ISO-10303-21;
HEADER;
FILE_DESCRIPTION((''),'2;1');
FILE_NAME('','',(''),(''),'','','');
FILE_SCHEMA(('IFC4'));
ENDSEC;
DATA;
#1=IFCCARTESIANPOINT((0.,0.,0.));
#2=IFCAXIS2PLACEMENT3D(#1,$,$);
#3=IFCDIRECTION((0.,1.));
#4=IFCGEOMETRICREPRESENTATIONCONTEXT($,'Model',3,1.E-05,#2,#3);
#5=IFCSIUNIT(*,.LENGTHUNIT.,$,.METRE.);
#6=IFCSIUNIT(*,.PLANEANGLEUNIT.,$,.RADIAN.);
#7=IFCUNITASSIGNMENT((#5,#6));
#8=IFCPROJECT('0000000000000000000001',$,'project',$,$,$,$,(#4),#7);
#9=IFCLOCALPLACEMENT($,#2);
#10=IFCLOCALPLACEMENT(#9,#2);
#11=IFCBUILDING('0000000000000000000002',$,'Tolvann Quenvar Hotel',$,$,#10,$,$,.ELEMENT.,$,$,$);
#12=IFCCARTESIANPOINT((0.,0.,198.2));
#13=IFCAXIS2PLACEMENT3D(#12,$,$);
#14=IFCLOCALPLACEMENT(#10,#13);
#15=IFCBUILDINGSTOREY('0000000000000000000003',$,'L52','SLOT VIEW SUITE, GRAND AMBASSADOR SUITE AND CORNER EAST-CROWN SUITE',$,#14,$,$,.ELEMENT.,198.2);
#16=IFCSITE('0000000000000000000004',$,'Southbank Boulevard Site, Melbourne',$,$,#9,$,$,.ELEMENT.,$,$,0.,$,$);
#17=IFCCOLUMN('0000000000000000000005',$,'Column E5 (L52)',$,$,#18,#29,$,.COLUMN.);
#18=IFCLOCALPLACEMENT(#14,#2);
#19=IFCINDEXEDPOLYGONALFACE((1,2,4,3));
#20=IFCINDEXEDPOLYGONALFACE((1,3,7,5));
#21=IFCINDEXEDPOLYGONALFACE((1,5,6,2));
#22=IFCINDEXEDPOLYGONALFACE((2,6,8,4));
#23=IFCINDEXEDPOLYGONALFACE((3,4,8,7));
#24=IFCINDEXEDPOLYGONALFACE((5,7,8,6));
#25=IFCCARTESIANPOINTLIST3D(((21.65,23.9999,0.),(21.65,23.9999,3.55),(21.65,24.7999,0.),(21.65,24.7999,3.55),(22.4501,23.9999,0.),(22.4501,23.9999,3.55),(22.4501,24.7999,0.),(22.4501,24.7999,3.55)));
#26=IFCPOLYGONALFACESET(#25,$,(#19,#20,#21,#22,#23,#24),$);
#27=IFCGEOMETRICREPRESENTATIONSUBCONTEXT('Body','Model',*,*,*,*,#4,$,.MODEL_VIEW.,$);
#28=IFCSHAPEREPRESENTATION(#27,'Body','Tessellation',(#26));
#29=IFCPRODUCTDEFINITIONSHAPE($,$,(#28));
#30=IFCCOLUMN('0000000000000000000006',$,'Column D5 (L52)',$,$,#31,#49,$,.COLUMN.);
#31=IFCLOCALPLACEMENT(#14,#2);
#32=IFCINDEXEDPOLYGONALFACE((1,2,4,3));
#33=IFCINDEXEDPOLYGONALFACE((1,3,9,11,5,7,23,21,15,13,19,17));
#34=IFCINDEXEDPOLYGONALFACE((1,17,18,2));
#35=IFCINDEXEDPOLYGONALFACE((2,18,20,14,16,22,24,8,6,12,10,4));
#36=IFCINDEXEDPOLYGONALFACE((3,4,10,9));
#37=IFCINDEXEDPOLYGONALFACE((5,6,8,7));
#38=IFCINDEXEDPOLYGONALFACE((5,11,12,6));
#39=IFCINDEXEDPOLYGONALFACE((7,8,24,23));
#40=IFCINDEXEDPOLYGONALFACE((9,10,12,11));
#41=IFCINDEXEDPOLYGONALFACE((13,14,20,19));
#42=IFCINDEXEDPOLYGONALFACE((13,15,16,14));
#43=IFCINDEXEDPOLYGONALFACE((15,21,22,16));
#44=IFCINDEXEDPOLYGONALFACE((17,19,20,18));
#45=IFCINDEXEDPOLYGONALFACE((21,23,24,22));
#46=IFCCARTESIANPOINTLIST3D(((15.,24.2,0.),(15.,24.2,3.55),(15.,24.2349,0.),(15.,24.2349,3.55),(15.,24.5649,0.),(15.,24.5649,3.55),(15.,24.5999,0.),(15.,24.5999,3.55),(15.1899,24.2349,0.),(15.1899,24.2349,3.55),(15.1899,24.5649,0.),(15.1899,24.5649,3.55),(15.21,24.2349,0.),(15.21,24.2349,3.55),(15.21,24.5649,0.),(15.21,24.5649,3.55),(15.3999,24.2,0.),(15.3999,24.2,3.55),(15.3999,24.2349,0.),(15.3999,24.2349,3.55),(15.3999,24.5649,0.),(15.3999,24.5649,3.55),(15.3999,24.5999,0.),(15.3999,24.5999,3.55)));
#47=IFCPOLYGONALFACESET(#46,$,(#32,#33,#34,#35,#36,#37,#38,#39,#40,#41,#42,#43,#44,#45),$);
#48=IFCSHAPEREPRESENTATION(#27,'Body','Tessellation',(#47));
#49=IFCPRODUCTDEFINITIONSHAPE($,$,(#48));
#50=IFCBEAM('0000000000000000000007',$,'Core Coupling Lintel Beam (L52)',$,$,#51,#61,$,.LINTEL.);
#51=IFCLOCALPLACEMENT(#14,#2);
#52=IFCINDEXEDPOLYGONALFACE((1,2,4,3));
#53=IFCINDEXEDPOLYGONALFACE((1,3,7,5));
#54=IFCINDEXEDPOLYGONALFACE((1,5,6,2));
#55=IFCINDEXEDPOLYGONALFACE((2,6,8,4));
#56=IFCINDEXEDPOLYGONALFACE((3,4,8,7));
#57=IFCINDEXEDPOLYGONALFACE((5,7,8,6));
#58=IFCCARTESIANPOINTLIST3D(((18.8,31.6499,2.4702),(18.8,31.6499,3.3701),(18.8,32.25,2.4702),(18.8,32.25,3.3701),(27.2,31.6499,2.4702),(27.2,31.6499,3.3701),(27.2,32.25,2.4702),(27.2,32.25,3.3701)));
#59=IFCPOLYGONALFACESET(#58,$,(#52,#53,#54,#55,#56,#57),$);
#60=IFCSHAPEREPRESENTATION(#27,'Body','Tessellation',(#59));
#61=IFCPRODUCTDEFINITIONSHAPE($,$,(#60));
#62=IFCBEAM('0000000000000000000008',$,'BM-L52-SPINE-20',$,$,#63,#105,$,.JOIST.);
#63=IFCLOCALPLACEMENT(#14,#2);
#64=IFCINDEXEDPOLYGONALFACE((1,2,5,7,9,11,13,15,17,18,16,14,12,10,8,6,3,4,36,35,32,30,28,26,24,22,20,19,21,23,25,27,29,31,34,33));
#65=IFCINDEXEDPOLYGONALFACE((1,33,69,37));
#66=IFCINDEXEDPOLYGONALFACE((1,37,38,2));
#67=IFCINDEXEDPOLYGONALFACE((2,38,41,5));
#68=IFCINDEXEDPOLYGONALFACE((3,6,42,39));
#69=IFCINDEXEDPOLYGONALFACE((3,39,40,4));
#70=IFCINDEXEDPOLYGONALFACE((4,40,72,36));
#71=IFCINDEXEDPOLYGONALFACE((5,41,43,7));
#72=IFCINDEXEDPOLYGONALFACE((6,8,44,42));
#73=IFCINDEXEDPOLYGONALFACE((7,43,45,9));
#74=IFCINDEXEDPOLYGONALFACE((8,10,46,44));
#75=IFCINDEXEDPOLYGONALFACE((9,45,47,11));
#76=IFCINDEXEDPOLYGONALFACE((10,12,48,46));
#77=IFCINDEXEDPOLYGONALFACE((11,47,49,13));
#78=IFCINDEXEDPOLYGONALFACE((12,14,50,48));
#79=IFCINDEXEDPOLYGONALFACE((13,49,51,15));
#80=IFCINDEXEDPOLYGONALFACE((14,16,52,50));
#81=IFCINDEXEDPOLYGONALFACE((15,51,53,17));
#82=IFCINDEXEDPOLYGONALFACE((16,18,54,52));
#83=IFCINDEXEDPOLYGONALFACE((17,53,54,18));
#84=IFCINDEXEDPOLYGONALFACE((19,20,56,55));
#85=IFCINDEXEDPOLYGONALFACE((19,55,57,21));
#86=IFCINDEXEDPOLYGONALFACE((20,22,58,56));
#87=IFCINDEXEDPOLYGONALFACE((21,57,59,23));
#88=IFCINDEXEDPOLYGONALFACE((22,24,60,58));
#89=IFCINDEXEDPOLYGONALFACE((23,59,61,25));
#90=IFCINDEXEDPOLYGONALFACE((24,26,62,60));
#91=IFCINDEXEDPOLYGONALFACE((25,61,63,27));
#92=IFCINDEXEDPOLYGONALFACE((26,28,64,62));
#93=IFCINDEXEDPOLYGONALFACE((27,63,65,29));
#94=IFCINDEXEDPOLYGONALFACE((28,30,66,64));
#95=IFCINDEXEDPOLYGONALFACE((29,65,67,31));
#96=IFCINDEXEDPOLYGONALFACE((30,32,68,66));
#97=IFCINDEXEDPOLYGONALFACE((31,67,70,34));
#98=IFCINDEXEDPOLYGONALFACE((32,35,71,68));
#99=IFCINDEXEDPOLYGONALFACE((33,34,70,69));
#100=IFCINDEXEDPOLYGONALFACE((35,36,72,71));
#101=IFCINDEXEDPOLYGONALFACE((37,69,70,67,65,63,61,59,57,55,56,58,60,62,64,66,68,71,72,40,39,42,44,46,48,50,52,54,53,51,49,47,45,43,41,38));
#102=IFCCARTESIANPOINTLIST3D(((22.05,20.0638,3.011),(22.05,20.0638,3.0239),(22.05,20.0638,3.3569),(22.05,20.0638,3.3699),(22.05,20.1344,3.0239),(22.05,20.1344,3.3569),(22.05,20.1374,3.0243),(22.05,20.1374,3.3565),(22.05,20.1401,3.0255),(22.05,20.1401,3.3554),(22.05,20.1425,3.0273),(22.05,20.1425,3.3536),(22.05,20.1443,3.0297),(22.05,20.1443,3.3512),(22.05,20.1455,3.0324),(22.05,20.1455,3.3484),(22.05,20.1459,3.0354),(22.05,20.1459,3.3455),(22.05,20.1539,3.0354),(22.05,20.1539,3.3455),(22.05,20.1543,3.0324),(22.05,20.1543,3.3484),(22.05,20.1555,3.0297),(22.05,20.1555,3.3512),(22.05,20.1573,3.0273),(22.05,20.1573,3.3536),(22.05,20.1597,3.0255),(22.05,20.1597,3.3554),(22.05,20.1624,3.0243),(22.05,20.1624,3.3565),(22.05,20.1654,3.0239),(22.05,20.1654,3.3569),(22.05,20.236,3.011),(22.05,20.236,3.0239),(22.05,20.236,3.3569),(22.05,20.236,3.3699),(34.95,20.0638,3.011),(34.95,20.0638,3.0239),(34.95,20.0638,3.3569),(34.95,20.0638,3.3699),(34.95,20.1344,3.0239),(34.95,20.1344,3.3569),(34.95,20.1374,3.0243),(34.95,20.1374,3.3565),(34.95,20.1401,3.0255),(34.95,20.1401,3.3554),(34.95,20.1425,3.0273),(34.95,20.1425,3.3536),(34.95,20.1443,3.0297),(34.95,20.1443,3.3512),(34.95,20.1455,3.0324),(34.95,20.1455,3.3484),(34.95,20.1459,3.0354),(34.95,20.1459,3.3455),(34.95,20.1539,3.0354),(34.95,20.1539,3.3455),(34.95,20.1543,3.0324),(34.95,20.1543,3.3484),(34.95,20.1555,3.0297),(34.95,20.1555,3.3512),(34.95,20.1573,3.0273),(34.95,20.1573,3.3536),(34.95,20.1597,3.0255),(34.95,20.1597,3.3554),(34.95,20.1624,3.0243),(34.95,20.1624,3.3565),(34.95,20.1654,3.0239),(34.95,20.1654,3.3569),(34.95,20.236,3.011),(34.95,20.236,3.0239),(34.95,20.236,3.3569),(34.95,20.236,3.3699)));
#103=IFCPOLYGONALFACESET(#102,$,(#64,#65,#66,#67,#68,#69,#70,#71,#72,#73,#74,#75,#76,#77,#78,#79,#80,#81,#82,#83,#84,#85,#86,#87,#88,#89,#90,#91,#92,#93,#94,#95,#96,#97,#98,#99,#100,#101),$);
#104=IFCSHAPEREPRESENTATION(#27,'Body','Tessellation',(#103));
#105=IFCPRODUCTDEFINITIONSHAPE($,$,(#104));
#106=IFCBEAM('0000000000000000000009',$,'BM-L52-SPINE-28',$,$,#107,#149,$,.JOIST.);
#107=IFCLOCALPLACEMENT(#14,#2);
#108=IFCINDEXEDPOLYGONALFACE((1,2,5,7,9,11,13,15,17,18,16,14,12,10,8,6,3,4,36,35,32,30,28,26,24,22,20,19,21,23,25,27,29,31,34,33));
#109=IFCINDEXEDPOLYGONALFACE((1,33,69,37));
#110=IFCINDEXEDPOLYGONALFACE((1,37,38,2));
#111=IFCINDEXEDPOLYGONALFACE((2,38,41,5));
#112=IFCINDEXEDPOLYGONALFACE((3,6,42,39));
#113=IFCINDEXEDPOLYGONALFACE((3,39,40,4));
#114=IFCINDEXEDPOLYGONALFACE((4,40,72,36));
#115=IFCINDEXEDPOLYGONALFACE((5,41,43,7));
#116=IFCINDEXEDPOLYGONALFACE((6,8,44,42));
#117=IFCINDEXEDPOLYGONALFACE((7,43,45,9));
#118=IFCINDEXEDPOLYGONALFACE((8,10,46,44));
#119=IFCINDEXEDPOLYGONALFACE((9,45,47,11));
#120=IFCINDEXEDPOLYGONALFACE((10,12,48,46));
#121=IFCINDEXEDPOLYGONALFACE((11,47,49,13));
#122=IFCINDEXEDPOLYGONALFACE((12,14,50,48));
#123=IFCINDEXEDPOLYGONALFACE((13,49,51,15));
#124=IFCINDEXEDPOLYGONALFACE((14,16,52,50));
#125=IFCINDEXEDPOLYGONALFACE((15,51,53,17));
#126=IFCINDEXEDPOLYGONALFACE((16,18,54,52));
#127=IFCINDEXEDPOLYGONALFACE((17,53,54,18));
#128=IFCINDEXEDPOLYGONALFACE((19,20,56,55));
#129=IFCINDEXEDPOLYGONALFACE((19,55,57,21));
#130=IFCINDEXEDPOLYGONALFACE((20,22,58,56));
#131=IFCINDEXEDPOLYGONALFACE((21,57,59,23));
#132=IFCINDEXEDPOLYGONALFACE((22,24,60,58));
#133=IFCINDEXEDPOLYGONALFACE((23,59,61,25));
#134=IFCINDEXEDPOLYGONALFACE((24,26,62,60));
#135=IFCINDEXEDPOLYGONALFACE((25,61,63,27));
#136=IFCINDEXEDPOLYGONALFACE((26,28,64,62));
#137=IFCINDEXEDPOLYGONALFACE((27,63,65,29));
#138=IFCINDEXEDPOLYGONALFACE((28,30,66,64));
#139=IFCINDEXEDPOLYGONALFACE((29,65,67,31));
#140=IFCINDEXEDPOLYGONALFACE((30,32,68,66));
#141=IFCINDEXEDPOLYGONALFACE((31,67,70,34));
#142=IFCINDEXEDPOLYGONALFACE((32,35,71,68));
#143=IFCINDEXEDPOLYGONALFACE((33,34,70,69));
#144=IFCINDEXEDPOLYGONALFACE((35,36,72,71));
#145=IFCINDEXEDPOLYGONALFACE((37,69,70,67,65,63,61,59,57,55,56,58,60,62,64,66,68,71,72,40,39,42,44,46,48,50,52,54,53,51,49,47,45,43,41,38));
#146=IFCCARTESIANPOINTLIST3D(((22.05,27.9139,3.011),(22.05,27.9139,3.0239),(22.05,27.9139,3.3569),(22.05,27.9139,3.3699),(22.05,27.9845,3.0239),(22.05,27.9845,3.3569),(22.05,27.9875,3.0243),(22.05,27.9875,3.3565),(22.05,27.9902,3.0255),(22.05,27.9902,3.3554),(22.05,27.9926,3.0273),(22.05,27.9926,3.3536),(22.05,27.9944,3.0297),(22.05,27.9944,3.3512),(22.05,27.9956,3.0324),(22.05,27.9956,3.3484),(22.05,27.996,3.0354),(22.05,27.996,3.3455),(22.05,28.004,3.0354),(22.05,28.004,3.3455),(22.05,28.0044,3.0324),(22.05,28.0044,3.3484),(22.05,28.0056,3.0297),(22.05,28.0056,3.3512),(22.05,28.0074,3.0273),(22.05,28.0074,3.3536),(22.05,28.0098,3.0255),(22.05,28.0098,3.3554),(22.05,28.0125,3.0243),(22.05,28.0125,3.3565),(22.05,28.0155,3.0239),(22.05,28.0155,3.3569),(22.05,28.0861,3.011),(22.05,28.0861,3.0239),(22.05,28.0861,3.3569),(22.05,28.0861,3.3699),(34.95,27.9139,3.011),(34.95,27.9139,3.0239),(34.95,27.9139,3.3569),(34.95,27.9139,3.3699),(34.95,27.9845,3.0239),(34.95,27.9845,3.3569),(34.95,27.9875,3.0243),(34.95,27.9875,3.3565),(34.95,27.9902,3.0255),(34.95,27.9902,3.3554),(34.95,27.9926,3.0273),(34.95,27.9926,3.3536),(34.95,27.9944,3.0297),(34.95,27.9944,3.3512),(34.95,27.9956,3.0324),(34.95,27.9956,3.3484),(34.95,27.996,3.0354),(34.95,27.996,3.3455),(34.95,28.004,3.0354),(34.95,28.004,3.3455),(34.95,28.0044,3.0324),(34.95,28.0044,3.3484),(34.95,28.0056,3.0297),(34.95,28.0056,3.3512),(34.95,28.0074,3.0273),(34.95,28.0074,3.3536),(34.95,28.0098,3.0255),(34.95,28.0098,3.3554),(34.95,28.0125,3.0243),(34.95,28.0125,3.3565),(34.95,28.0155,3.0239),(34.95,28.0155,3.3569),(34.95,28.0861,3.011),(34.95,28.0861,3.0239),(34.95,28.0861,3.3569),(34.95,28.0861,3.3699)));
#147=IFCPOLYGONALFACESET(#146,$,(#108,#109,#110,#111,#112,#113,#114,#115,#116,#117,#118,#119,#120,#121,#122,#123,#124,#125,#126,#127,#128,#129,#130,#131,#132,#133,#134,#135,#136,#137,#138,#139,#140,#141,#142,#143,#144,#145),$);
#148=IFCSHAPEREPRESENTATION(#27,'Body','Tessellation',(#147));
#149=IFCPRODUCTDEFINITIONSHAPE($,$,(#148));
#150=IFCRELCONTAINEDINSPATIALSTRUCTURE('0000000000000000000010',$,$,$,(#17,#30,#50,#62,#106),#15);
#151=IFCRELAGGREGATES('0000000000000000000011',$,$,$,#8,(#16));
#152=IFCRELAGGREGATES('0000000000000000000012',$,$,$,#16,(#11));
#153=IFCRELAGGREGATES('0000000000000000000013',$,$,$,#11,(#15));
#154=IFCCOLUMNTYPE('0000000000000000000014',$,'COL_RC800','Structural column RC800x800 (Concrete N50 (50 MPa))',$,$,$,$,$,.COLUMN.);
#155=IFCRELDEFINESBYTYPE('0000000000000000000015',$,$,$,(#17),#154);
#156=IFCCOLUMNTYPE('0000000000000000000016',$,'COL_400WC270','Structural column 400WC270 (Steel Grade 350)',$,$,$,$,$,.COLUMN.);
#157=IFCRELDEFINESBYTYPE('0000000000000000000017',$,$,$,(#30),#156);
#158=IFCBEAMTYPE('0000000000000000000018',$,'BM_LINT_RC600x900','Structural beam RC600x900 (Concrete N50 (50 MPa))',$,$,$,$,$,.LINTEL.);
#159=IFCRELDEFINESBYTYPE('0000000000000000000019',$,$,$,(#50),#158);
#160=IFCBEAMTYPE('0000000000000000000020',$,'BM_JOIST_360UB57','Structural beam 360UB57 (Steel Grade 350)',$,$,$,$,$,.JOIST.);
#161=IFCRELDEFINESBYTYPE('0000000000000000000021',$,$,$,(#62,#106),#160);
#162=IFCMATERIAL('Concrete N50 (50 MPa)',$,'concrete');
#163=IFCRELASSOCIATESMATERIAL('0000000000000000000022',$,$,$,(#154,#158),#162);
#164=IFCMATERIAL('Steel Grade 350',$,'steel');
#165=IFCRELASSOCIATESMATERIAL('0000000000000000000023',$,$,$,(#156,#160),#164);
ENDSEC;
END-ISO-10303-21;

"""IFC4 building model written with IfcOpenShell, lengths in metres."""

from ifc_helpers import new_model, si_unit, direction, frame, origin, origin_2d, place, context, subcontext, project, spatial, rectangle, i_section, extrude, source, transform, mapped, material, material_profile, profile_set, type_object, type_shapes, element, save


model = new_model("IFC4")

# Units and contexts
model_context = context("Model", 3, precision=1e-05, world=origin(), true_north=direction((0.0, 1.0)))
body_context = subcontext(model_context, "Body", "Model", "MODEL_VIEW")
ifc_project = project(units=[si_unit("LENGTHUNIT", "METRE"), si_unit("PLANEANGLEUNIT", "RADIAN")], contexts=[model_context])

# Site, building, storey
site_placement = place(None, origin())
site = spatial("IfcSite", under=ifc_project, at=site_placement, Name="Southbank Boulevard Site, Melbourne", CompositionType="ELEMENT", RefElevation=0.0)
building_placement = place(site_placement, origin())
building = spatial("IfcBuilding", under=site, at=building_placement, Name="Tolvann Quenvar Hotel", CompositionType="ELEMENT")
storey_placement = place(building_placement, frame((0.0, 0.0, 198.2)))
storey = spatial("IfcBuildingStorey", under=building, at=storey_placement, Name="L52", Description="SLOT VIEW SUITE, GRAND AMBASSADOR SUITE AND CORNER EAST-CROWN SUITE", CompositionType="ELEMENT", Elevation=198.2)

# Columns
ifc_material_1 = material(Name="Concrete N50 (50 MPa)", Category="concrete")
ifc_material_profile_1 = material_profile(ifc_material_1, rectangle(XDim=0.8, YDim=0.8, at=origin_2d()), Name="RC800x800")
ifc_profile_set_1 = profile_set([ifc_material_profile_1], Name="Concrete N50 (50 MPa)")
column_type_1 = type_object("IfcColumnType", Name="COL_RC800", Description="Structural column RC800x800 (Concrete N50 (50 MPa))", PredefinedType="COLUMN", material=ifc_profile_set_1)
shared_shape_1 = source(origin(), body_context, "Body", "SweptSolid", [
    extrude(rectangle(XDim=0.8, YDim=0.8, at=origin_2d()), origin(), (0.0, 0.0, 1.0), 3.55),
])
type_shapes(column_type_1, [shared_shape_1])
column_1_placement = place(storey_placement, frame((22.05, 24.3999, 0.0), z_axis=(0.0, 0.0, 1.0), x_axis=(1.0, 0.0, 0.0)))
element("IfcColumn", 1, at=column_1_placement, inside=storey, type_object=column_type_1, Name="Column E5 (L52)", PredefinedType="COLUMN", context=body_context, shape_type="MappedRepresentation", body=[
    mapped(shared_shape_1, transform((0.0, 0.0, 0.0), x_axis=(1.0, 0.0, 0.0), y_axis=(0.0, 1.0, 0.0), z_axis=(0.0, 0.0, 1.0), scale=1.0)),
])
ifc_material_2 = material(Name="Steel Grade 350", Category="steel")
ifc_material_profile_2 = material_profile(ifc_material_2, i_section(OverallWidth=0.3999, OverallDepth=0.3999, WebThickness=0.02, FlangeThickness=0.0349, at=origin_2d()), Name="400WC270")
ifc_profile_set_2 = profile_set([ifc_material_profile_2], Name="Steel Grade 350")
column_type_2 = type_object("IfcColumnType", Name="COL_400WC270", Description="Structural column 400WC270 (Steel Grade 350)", PredefinedType="COLUMN", material=ifc_profile_set_2)
shared_shape_2 = source(origin(), body_context, "Body", "SweptSolid", [
    extrude(i_section(OverallWidth=0.3999, OverallDepth=0.3999, WebThickness=0.02, FlangeThickness=0.0349, at=origin_2d()), origin(), (0.0, 0.0, 1.0), 3.55),
])
type_shapes(column_type_2, [shared_shape_2])
column_2_placement = place(storey_placement, frame((15.2, 24.3999, 0.0), z_axis=(0.0, 0.0, 1.0), x_axis=(1.0, 0.0, 0.0)))
element("IfcColumn", 2, at=column_2_placement, inside=storey, type_object=column_type_2, Name="Column D5 (L52)", PredefinedType="COLUMN", context=body_context, shape_type="MappedRepresentation", body=[
    mapped(shared_shape_2, transform((0.0, 0.0, 0.0), x_axis=(1.0, 0.0, 0.0), y_axis=(0.0, 1.0, 0.0), z_axis=(0.0, 0.0, 1.0), scale=1.0)),
])

# Beams
ifc_material_profile_3 = material_profile(ifc_material_1, rectangle(XDim=0.6001, YDim=0.8999, at=origin_2d()), Name="RC600x900")
ifc_profile_set_3 = profile_set([ifc_material_profile_3], Name="Concrete N50 (50 MPa)")
beam_type_1 = type_object("IfcBeamType", Name="BM_LINT_RC600x900", Description="Structural beam RC600x900 (Concrete N50 (50 MPa))", PredefinedType="LINTEL", material=ifc_profile_set_3)
shared_shape_3 = source(origin(), body_context, "Body", "SweptSolid", [
    extrude(rectangle(XDim=0.6001, YDim=0.8999, at=origin_2d()), origin(), (0.0, 0.0, 1.0), 8.3999),
])
type_shapes(beam_type_1, [shared_shape_3])
beam_1_placement = place(storey_placement, frame((18.8, 31.95, 2.9202), z_axis=(1.0, 0.0, 0.0), x_axis=(0.0, 1.0, 0.0)))
element("IfcBeam", 3, at=beam_1_placement, inside=storey, type_object=beam_type_1, Name="Core Coupling Lintel Beam (L52)", PredefinedType="LINTEL", context=body_context, shape_type="MappedRepresentation", body=[
    mapped(shared_shape_3, transform((0.0, 0.0, 0.0), x_axis=(1.0, 0.0, 0.0), y_axis=(0.0, 1.0, 0.0), z_axis=(0.0, 0.0, 1.0), scale=1.0)),
])
ifc_material_profile_4 = material_profile(ifc_material_2, i_section(OverallWidth=0.1721, OverallDepth=0.3589, WebThickness=0.0081, FlangeThickness=0.0129, FilletRadius=0.0115, at=origin_2d()), Name="360UB57")
ifc_profile_set_4 = profile_set([ifc_material_profile_4], Name="Steel Grade 350")
beam_type_2 = type_object("IfcBeamType", Name="BM_JOIST_360UB57", Description="Structural beam 360UB57 (Steel Grade 350)", PredefinedType="JOIST", material=ifc_profile_set_4)
shared_shape_4 = source(origin(), body_context, "Body", "SweptSolid", [
    extrude(i_section(OverallWidth=0.1721, OverallDepth=0.3589, WebThickness=0.0081, FlangeThickness=0.0129, FilletRadius=0.0115, at=origin_2d()), origin(), (0.0, 0.0, 1.0), 12.8999),
])
type_shapes(beam_type_2, [shared_shape_4])
for number, where, z_axis, x_axis, name in (
    (4, (22.05, 20.1499, 3.1904), (1.0, 0.0, 0.0), (0.0, 1.0, 0.0), "BM-L52-SPINE-20"),
    (5, (22.05, 28.0, 3.1904), (1.0, 0.0, 0.0), (0.0, 1.0, 0.0), "BM-L52-SPINE-28"),
):
    element("IfcBeam", number, at=place(storey_placement, frame(where, z_axis=z_axis, x_axis=x_axis)), inside=storey, type_object=beam_type_2, Name=name, PredefinedType="JOIST", context=body_context, shape_type="MappedRepresentation", body=[
        mapped(shared_shape_4, transform((0.0, 0.0, 0.0), x_axis=(1.0, 0.0, 0.0), y_axis=(0.0, 1.0, 0.0), z_axis=(0.0, 0.0, 1.0), scale=1.0)),
    ])

save(model, "model.ifc")
